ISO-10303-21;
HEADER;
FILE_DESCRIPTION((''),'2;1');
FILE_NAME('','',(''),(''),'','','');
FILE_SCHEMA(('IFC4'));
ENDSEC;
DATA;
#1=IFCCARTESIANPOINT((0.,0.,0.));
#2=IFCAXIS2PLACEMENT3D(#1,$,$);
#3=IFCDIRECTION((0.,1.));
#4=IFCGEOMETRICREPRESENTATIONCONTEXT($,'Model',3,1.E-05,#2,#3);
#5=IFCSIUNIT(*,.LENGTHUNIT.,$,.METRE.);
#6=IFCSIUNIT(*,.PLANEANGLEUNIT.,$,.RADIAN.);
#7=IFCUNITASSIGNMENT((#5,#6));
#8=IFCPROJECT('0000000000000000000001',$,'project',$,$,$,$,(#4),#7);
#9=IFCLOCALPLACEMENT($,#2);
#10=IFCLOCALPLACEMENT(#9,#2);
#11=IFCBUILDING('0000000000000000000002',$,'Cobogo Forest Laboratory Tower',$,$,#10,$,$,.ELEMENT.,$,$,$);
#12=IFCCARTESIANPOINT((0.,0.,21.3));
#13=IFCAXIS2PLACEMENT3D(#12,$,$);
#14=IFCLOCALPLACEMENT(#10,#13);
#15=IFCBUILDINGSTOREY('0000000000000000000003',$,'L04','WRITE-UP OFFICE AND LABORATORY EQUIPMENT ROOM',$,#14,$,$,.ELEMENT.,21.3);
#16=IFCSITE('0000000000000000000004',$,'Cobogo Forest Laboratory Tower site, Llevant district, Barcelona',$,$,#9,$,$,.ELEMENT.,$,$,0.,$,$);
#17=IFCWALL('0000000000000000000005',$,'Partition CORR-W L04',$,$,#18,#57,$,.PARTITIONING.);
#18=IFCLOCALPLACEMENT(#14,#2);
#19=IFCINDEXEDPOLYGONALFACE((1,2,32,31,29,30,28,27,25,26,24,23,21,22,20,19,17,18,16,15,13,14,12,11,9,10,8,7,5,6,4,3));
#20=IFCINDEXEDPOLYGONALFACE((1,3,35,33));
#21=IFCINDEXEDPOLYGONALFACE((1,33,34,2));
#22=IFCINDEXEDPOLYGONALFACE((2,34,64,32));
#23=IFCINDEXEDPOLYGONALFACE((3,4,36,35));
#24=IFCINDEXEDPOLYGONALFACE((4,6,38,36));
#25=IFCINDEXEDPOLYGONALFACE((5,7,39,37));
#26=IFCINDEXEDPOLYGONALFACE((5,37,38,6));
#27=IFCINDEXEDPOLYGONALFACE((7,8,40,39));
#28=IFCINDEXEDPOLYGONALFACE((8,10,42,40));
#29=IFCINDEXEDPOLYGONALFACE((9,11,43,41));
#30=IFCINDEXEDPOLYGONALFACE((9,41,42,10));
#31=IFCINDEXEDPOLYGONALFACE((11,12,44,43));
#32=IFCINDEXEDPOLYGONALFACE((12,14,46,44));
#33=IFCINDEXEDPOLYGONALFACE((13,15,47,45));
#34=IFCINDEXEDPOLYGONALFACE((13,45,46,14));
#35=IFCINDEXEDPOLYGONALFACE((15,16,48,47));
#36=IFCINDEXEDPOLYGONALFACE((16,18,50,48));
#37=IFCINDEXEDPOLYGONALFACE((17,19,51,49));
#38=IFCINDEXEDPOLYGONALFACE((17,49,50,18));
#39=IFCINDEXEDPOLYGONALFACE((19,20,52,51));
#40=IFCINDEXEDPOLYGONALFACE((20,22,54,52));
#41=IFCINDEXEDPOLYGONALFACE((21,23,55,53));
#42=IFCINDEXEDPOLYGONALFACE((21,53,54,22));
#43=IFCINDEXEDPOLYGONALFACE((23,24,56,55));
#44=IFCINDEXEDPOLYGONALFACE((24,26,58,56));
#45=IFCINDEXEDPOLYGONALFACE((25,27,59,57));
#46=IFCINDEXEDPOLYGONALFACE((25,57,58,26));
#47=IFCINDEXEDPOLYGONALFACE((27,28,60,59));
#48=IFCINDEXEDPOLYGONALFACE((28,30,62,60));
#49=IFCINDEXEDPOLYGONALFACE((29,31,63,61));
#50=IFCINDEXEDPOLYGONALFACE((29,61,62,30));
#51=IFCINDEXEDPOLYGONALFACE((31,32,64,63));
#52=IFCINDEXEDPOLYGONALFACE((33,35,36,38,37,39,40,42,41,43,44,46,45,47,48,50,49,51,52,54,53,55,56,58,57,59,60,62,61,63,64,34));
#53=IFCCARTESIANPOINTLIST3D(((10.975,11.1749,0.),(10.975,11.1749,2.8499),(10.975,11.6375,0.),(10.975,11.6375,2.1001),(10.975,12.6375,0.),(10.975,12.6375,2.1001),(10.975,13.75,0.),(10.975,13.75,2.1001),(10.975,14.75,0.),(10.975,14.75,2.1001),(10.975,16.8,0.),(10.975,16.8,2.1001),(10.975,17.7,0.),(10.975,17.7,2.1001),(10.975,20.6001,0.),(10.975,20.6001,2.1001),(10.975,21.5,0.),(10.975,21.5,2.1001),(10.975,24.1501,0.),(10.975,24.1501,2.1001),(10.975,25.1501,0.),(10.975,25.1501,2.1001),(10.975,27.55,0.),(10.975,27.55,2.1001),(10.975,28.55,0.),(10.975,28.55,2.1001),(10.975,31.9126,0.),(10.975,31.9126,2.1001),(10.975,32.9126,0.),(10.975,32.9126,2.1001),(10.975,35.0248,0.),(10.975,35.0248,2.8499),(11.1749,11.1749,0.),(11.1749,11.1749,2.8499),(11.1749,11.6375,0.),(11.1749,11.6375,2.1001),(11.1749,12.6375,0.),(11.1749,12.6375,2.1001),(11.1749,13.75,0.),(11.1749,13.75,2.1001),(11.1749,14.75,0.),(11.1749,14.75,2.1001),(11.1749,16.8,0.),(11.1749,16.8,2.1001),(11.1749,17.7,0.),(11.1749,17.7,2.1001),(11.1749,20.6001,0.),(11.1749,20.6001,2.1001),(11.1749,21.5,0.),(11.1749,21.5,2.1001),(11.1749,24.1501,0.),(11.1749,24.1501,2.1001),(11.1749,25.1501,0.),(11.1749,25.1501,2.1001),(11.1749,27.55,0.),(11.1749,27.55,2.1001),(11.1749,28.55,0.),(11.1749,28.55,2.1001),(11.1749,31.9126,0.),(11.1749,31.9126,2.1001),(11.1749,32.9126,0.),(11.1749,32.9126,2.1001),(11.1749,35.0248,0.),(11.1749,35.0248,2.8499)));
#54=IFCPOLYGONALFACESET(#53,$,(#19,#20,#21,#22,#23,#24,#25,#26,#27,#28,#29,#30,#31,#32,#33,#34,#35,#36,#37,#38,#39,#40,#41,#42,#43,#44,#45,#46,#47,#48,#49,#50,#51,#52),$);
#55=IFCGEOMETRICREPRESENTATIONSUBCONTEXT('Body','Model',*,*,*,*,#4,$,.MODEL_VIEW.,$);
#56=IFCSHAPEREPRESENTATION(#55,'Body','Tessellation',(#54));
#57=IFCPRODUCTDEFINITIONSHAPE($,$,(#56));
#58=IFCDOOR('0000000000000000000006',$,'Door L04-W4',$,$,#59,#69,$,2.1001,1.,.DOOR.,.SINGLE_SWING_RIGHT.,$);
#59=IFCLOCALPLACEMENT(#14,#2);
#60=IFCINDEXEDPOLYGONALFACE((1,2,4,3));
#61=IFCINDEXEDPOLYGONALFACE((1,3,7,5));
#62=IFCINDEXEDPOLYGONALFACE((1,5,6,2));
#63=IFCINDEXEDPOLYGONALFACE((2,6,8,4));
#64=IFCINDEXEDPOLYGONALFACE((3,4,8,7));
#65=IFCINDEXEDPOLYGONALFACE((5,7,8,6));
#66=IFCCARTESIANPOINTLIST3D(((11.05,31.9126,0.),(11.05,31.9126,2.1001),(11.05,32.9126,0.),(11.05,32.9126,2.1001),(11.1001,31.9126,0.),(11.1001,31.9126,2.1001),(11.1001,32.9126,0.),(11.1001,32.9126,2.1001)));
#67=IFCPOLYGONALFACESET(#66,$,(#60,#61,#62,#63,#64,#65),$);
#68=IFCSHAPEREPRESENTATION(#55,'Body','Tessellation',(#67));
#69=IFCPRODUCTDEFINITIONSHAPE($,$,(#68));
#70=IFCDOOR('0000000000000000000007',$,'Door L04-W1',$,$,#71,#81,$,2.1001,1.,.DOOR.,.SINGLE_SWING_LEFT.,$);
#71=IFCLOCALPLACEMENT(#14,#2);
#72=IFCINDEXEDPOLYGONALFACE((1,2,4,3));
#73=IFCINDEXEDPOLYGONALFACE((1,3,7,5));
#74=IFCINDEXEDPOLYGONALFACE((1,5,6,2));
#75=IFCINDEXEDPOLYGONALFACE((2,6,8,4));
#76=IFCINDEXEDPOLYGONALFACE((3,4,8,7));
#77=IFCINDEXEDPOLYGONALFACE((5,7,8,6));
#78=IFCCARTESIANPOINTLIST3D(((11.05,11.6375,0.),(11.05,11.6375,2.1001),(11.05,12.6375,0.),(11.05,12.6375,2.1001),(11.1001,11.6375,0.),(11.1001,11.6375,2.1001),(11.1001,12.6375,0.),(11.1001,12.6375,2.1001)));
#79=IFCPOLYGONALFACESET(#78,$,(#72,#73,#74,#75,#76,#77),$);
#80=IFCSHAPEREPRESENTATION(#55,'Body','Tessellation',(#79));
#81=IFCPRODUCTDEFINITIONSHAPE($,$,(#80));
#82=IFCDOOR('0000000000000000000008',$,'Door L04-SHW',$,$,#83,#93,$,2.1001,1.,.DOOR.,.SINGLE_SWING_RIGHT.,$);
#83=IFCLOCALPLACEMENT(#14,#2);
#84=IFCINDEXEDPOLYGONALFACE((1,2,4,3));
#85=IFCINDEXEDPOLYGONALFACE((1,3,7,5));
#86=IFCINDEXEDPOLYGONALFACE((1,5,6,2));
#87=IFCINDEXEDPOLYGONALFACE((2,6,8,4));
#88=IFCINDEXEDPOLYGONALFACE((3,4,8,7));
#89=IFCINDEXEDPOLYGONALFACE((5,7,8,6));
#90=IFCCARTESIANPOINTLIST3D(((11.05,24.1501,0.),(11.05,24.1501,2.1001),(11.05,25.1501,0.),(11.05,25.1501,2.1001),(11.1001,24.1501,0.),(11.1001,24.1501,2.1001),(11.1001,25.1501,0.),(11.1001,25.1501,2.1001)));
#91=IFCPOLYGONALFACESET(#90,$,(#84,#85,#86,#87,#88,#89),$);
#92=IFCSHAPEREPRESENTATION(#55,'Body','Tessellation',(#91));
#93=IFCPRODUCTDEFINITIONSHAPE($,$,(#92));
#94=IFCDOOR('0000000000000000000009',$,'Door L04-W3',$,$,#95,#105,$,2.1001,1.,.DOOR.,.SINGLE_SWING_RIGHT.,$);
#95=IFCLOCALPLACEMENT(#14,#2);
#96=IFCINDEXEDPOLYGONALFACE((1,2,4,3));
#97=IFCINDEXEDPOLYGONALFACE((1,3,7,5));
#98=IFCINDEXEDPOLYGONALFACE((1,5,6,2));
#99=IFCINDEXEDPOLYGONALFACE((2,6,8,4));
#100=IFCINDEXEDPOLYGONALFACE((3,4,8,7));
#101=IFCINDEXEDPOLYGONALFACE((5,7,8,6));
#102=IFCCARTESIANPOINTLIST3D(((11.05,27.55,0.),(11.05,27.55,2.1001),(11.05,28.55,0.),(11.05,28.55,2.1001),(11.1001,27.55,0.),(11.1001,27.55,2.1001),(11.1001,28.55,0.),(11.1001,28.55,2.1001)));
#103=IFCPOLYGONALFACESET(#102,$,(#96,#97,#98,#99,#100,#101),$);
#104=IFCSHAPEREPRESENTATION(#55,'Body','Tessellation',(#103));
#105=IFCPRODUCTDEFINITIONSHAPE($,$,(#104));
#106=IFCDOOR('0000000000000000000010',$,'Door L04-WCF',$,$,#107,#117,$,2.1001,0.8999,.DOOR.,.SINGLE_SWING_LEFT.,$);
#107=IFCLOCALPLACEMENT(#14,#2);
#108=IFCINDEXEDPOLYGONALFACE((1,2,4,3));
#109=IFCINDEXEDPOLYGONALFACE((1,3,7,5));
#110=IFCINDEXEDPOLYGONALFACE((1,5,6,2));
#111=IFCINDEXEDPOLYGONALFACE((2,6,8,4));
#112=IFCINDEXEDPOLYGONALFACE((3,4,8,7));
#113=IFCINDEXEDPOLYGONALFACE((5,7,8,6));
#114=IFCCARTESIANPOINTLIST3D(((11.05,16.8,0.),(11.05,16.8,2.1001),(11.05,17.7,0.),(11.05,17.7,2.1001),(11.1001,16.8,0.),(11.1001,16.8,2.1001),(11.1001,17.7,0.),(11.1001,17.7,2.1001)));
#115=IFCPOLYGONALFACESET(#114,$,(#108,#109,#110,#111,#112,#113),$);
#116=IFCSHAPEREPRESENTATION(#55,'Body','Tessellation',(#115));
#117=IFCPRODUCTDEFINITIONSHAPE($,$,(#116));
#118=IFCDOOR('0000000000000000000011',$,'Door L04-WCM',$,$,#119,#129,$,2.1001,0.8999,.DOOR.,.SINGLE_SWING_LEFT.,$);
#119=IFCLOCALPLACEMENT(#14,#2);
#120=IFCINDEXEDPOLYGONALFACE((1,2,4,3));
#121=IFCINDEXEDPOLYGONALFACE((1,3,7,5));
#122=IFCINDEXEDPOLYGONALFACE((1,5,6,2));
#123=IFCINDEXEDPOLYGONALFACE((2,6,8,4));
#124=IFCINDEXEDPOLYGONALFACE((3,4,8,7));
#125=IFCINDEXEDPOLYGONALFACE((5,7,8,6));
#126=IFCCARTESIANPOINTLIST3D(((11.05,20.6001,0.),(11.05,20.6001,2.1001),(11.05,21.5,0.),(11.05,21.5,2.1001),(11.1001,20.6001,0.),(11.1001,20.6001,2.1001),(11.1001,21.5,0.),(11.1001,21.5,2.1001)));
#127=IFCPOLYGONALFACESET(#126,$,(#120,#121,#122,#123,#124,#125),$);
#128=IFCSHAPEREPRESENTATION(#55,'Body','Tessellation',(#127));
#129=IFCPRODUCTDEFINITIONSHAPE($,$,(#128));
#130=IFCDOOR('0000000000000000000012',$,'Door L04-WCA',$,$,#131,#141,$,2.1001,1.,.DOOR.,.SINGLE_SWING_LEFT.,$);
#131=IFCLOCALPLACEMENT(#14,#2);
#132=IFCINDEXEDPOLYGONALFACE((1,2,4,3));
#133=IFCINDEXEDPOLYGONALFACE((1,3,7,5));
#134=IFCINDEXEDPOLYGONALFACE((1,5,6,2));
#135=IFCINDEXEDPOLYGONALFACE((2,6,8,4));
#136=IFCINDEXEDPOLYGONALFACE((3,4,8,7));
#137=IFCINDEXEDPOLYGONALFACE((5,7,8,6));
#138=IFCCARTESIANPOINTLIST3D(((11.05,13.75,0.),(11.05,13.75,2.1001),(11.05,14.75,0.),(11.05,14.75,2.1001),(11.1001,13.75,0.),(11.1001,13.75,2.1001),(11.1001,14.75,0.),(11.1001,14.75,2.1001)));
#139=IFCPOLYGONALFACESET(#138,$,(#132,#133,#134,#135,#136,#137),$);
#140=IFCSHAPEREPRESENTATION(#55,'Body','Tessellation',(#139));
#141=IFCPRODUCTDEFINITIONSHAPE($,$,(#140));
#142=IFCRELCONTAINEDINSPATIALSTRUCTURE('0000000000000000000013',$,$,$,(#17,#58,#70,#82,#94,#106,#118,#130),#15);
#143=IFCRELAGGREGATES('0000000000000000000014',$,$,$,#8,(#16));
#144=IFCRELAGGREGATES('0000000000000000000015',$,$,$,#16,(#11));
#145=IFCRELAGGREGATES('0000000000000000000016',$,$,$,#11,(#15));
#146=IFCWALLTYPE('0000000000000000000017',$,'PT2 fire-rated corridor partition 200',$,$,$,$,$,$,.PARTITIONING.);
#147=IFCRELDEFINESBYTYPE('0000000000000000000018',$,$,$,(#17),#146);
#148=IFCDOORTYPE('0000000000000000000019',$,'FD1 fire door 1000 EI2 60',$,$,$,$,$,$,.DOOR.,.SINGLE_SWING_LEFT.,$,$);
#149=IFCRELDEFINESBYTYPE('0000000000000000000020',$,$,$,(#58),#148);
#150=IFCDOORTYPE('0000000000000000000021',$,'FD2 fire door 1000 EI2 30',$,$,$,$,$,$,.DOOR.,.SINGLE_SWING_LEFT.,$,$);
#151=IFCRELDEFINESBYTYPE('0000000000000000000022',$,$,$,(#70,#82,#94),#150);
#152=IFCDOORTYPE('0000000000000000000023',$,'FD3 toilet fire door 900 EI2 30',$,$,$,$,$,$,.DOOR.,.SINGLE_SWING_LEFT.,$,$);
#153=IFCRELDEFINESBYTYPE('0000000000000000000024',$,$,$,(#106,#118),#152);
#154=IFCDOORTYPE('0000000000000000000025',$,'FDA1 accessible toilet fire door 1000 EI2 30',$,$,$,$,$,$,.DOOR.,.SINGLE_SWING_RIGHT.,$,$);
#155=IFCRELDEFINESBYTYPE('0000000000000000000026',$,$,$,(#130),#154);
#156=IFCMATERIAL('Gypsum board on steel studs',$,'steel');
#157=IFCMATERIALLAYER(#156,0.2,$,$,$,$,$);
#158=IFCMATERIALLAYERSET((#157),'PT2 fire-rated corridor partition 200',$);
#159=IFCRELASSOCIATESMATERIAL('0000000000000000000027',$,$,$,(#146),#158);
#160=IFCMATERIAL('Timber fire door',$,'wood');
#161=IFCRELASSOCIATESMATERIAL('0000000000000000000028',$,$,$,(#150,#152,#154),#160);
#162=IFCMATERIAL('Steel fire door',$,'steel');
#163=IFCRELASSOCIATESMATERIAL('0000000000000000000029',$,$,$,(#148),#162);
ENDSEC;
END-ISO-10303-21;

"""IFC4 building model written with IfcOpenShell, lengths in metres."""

from ifc_helpers import new_model, si_unit, direction, frame, frame_2d, origin, place, context, subcontext, project, spatial, rectangle, extrude, material, layer, layer_set, type_object, element, fill, save


model = new_model("IFC4")

# Units and contexts
model_context = context("Model", 3, precision=1e-05, world=origin(), true_north=direction((0.0, 1.0)))
body_context = subcontext(model_context, "Body", "Model", "MODEL_VIEW")
ifc_project = project(units=[si_unit("LENGTHUNIT", "METRE"), si_unit("PLANEANGLEUNIT", "RADIAN")], contexts=[model_context])

# Site, building, storey
site_placement = place(None, origin())
site = spatial("IfcSite", under=ifc_project, at=site_placement, Name="Cobogo Forest Laboratory Tower site, Llevant district, Barcelona", CompositionType="ELEMENT", RefElevation=0.0)
building_placement = place(site_placement, origin())
building = spatial("IfcBuilding", under=site, at=building_placement, Name="Cobogo Forest Laboratory Tower", CompositionType="ELEMENT")
storey_placement = place(building_placement, frame((0.0, 0.0, 21.3)))
storey = spatial("IfcBuildingStorey", under=building, at=storey_placement, Name="L04", Description="WRITE-UP OFFICE AND LABORATORY EQUIPMENT ROOM", CompositionType="ELEMENT", Elevation=21.3)

# Shared definitions
ifc_material_1 = material(Name="Gypsum board on steel studs", Category="steel")

# Shared definitions
ifc_layer_1 = layer(ifc_material_1, 0.2)
ifc_layer_set_1 = layer_set([ifc_layer_1], Name="PT2 fire-rated corridor partition 200")
wall_type_1 = type_object("IfcWallType", Name="PT2 fire-rated corridor partition 200", PredefinedType="PARTITIONING", material=ifc_layer_set_1)
ifc_material_2 = material(Name="Timber fire door", Category="wood")
door_type_1 = type_object("IfcDoorType", Name="FD2 fire door 1000 EI2 30", OperationType="SINGLE_SWING_LEFT", PredefinedType="DOOR", material=ifc_material_2)

# Wall, openings, doors
wall_1_placement = place(storey_placement, frame((11.075, 11.175, 0.0), z_axis=(0.0, 0.0, 1.0), x_axis=(0.0, 1.0, 0.0)))
wall_1 = element("IfcWall", 1, at=wall_1_placement, inside=storey, type_object=wall_type_1, Name="Partition CORR-W L04", PredefinedType="PARTITIONING", context=body_context, shape_type="SweptSolid", body=[
    extrude(rectangle(XDim=23.8499, YDim=0.2, at=frame_2d((11.9248, 0.0))), origin(), (0.0, 0.0, 1.0), 2.8499),
])
opening_1_placement = place(wall_1_placement, frame((0.4624, 0.0, 0.0)))
opening_1 = element("IfcOpeningElement", 2, at=opening_1_placement, cuts=wall_1, PredefinedType="OPENING", context=body_context, shape_type="SweptSolid", body=[
    extrude(rectangle(XDim=1.0, YDim=2.1001, at=frame_2d((0.5, 1.05))), frame((0.0, 0.1099, 0.0), z_axis=(0.0, -1.0, 0.0), x_axis=(1.0, 0.0, 0.0)), (0.0, 0.0, 1.0), 0.22),
])
opening_2_placement = place(wall_1_placement, frame((2.575, 0.0, 0.0)))
opening_2 = element("IfcOpeningElement", 3, at=opening_2_placement, cuts=wall_1, PredefinedType="OPENING", context=body_context, shape_type="SweptSolid", body=[
    extrude(rectangle(XDim=1.0, YDim=2.1001, at=frame_2d((0.5, 1.05))), frame((0.0, 0.1099, 0.0), z_axis=(0.0, -1.0, 0.0), x_axis=(1.0, 0.0, 0.0)), (0.0, 0.0, 1.0), 0.22),
])
opening_3_placement = place(wall_1_placement, frame((5.625, 0.0, 0.0)))
opening_3 = element("IfcOpeningElement", 4, at=opening_3_placement, cuts=wall_1, PredefinedType="OPENING", context=body_context, shape_type="SweptSolid", body=[
    extrude(rectangle(XDim=0.8999, YDim=2.1001, at=frame_2d((0.45, 1.05))), frame((0.0, 0.1099, 0.0), z_axis=(0.0, -1.0, 0.0), x_axis=(1.0, 0.0, 0.0)), (0.0, 0.0, 1.0), 0.22),
])
opening_4_placement = place(wall_1_placement, frame((9.425, 0.0, 0.0)))
opening_4 = element("IfcOpeningElement", 5, at=opening_4_placement, cuts=wall_1, PredefinedType="OPENING", context=body_context, shape_type="SweptSolid", body=[
    extrude(rectangle(XDim=0.8999, YDim=2.1001, at=frame_2d((0.45, 1.05))), frame((0.0, 0.1099, 0.0), z_axis=(0.0, -1.0, 0.0), x_axis=(1.0, 0.0, 0.0)), (0.0, 0.0, 1.0), 0.22),
])
opening_5_placement = place(wall_1_placement, frame((12.9751, 0.0, 0.0)))
opening_5 = element("IfcOpeningElement", 6, at=opening_5_placement, cuts=wall_1, PredefinedType="OPENING", context=body_context, shape_type="SweptSolid", body=[
    extrude(rectangle(XDim=1.0, YDim=2.1001, at=frame_2d((0.5, 1.05))), frame((0.0, 0.1099, 0.0), z_axis=(0.0, -1.0, 0.0), x_axis=(1.0, 0.0, 0.0)), (0.0, 0.0, 1.0), 0.22),
])
opening_6_placement = place(wall_1_placement, frame((16.375, 0.0, 0.0)))
opening_6 = element("IfcOpeningElement", 7, at=opening_6_placement, cuts=wall_1, PredefinedType="OPENING", context=body_context, shape_type="SweptSolid", body=[
    extrude(rectangle(XDim=1.0, YDim=2.1001, at=frame_2d((0.5, 1.05))), frame((0.0, 0.1099, 0.0), z_axis=(0.0, -1.0, 0.0), x_axis=(1.0, 0.0, 0.0)), (0.0, 0.0, 1.0), 0.22),
])
opening_7_placement = place(wall_1_placement, frame((20.7375, 0.0, 0.0)))
opening_7 = element("IfcOpeningElement", 8, at=opening_7_placement, cuts=wall_1, PredefinedType="OPENING", context=body_context, shape_type="SweptSolid", body=[
    extrude(rectangle(XDim=1.0, YDim=2.1001, at=frame_2d((0.5, 1.05))), frame((0.0, 0.1099, 0.0), z_axis=(0.0, -1.0, 0.0), x_axis=(1.0, 0.0, 0.0)), (0.0, 0.0, 1.0), 0.22),
])
ifc_material_3 = material(Name="Steel fire door", Category="steel")
door_type_2 = type_object("IfcDoorType", Name="FD1 fire door 1000 EI2 60", OperationType="SINGLE_SWING_LEFT", PredefinedType="DOOR", material=ifc_material_3)
door_1_placement = place(opening_7_placement, origin())
door_1 = element("IfcDoor", 9, at=door_1_placement, inside=storey, type_object=door_type_2, Name="Door L04-W4", OperationType="SINGLE_SWING_RIGHT", OverallHeight=2.1001, OverallWidth=1.0, PredefinedType="DOOR", context=body_context, shape_type="SweptSolid", body=[
    extrude(rectangle(XDim=1.0, YDim=2.1001, at=frame_2d((0.5, 1.05))), frame((0.0, 0.0249, 0.0), z_axis=(0.0, -1.0, 0.0), x_axis=(1.0, 0.0, 0.0)), (0.0, 0.0, 1.0), 0.05),
])
fill(opening_7, door_1)
door_2_placement = place(opening_1_placement, origin())
door_2 = element("IfcDoor", 10, at=door_2_placement, inside=storey, type_object=door_type_1, Name="Door L04-W1", OperationType="SINGLE_SWING_LEFT", OverallHeight=2.1001, OverallWidth=1.0, PredefinedType="DOOR", context=body_context, shape_type="SweptSolid", body=[
    extrude(rectangle(XDim=1.0, YDim=2.1001, at=frame_2d((0.5, 1.05))), frame((0.0, 0.0249, 0.0), z_axis=(0.0, -1.0, 0.0), x_axis=(1.0, 0.0, 0.0)), (0.0, 0.0, 1.0), 0.05),
])
fill(opening_1, door_2)
door_3_placement = place(opening_5_placement, origin())
door_3 = element("IfcDoor", 11, at=door_3_placement, inside=storey, type_object=door_type_1, Name="Door L04-SHW", OperationType="SINGLE_SWING_RIGHT", OverallHeight=2.1001, OverallWidth=1.0, PredefinedType="DOOR", context=body_context, shape_type="SweptSolid", body=[
    extrude(rectangle(XDim=1.0, YDim=2.1001, at=frame_2d((0.5, 1.05))), frame((0.0, 0.0249, 0.0), z_axis=(0.0, -1.0, 0.0), x_axis=(1.0, 0.0, 0.0)), (0.0, 0.0, 1.0), 0.05),
])
fill(opening_5, door_3)
door_4_placement = place(opening_6_placement, origin())
door_4 = element("IfcDoor", 12, at=door_4_placement, inside=storey, type_object=door_type_1, Name="Door L04-W3", OperationType="SINGLE_SWING_RIGHT", OverallHeight=2.1001, OverallWidth=1.0, PredefinedType="DOOR", context=body_context, shape_type="SweptSolid", body=[
    extrude(rectangle(XDim=1.0, YDim=2.1001, at=frame_2d((0.5, 1.05))), frame((0.0, 0.0249, 0.0), z_axis=(0.0, -1.0, 0.0), x_axis=(1.0, 0.0, 0.0)), (0.0, 0.0, 1.0), 0.05),
])
fill(opening_6, door_4)
door_type_3 = type_object("IfcDoorType", Name="FD3 toilet fire door 900 EI2 30", OperationType="SINGLE_SWING_LEFT", PredefinedType="DOOR", material=ifc_material_2)
door_5_placement = place(opening_3_placement, origin())
door_5 = element("IfcDoor", 13, at=door_5_placement, inside=storey, type_object=door_type_3, Name="Door L04-WCF", OperationType="SINGLE_SWING_LEFT", OverallHeight=2.1001, OverallWidth=0.8999, PredefinedType="DOOR", context=body_context, shape_type="SweptSolid", body=[
    extrude(rectangle(XDim=0.8999, YDim=2.1001, at=frame_2d((0.45, 1.05))), frame((0.0, 0.0249, 0.0), z_axis=(0.0, -1.0, 0.0), x_axis=(1.0, 0.0, 0.0)), (0.0, 0.0, 1.0), 0.05),
])
fill(opening_3, door_5)
door_6_placement = place(opening_4_placement, origin())
door_6 = element("IfcDoor", 14, at=door_6_placement, inside=storey, type_object=door_type_3, Name="Door L04-WCM", OperationType="SINGLE_SWING_LEFT", OverallHeight=2.1001, OverallWidth=0.8999, PredefinedType="DOOR", context=body_context, shape_type="SweptSolid", body=[
    extrude(rectangle(XDim=0.8999, YDim=2.1001, at=frame_2d((0.45, 1.05))), frame((0.0, 0.0249, 0.0), z_axis=(0.0, -1.0, 0.0), x_axis=(1.0, 0.0, 0.0)), (0.0, 0.0, 1.0), 0.05),
])
fill(opening_4, door_6)
door_type_4 = type_object("IfcDoorType", Name="FDA1 accessible toilet fire door 1000 EI2 30", OperationType="SINGLE_SWING_RIGHT", PredefinedType="DOOR", material=ifc_material_2)
door_7_placement = place(opening_2_placement, origin())
door_7 = element("IfcDoor", 15, at=door_7_placement, inside=storey, type_object=door_type_4, Name="Door L04-WCA", OperationType="SINGLE_SWING_LEFT", OverallHeight=2.1001, OverallWidth=1.0, PredefinedType="DOOR", context=body_context, shape_type="SweptSolid", body=[
    extrude(rectangle(XDim=1.0, YDim=2.1001, at=frame_2d((0.5, 1.05))), frame((0.0, 0.0249, 0.0), z_axis=(0.0, -1.0, 0.0), x_axis=(1.0, 0.0, 0.0)), (0.0, 0.0, 1.0), 0.05),
])
fill(opening_2, door_7)

save(model, "model.ifc")
